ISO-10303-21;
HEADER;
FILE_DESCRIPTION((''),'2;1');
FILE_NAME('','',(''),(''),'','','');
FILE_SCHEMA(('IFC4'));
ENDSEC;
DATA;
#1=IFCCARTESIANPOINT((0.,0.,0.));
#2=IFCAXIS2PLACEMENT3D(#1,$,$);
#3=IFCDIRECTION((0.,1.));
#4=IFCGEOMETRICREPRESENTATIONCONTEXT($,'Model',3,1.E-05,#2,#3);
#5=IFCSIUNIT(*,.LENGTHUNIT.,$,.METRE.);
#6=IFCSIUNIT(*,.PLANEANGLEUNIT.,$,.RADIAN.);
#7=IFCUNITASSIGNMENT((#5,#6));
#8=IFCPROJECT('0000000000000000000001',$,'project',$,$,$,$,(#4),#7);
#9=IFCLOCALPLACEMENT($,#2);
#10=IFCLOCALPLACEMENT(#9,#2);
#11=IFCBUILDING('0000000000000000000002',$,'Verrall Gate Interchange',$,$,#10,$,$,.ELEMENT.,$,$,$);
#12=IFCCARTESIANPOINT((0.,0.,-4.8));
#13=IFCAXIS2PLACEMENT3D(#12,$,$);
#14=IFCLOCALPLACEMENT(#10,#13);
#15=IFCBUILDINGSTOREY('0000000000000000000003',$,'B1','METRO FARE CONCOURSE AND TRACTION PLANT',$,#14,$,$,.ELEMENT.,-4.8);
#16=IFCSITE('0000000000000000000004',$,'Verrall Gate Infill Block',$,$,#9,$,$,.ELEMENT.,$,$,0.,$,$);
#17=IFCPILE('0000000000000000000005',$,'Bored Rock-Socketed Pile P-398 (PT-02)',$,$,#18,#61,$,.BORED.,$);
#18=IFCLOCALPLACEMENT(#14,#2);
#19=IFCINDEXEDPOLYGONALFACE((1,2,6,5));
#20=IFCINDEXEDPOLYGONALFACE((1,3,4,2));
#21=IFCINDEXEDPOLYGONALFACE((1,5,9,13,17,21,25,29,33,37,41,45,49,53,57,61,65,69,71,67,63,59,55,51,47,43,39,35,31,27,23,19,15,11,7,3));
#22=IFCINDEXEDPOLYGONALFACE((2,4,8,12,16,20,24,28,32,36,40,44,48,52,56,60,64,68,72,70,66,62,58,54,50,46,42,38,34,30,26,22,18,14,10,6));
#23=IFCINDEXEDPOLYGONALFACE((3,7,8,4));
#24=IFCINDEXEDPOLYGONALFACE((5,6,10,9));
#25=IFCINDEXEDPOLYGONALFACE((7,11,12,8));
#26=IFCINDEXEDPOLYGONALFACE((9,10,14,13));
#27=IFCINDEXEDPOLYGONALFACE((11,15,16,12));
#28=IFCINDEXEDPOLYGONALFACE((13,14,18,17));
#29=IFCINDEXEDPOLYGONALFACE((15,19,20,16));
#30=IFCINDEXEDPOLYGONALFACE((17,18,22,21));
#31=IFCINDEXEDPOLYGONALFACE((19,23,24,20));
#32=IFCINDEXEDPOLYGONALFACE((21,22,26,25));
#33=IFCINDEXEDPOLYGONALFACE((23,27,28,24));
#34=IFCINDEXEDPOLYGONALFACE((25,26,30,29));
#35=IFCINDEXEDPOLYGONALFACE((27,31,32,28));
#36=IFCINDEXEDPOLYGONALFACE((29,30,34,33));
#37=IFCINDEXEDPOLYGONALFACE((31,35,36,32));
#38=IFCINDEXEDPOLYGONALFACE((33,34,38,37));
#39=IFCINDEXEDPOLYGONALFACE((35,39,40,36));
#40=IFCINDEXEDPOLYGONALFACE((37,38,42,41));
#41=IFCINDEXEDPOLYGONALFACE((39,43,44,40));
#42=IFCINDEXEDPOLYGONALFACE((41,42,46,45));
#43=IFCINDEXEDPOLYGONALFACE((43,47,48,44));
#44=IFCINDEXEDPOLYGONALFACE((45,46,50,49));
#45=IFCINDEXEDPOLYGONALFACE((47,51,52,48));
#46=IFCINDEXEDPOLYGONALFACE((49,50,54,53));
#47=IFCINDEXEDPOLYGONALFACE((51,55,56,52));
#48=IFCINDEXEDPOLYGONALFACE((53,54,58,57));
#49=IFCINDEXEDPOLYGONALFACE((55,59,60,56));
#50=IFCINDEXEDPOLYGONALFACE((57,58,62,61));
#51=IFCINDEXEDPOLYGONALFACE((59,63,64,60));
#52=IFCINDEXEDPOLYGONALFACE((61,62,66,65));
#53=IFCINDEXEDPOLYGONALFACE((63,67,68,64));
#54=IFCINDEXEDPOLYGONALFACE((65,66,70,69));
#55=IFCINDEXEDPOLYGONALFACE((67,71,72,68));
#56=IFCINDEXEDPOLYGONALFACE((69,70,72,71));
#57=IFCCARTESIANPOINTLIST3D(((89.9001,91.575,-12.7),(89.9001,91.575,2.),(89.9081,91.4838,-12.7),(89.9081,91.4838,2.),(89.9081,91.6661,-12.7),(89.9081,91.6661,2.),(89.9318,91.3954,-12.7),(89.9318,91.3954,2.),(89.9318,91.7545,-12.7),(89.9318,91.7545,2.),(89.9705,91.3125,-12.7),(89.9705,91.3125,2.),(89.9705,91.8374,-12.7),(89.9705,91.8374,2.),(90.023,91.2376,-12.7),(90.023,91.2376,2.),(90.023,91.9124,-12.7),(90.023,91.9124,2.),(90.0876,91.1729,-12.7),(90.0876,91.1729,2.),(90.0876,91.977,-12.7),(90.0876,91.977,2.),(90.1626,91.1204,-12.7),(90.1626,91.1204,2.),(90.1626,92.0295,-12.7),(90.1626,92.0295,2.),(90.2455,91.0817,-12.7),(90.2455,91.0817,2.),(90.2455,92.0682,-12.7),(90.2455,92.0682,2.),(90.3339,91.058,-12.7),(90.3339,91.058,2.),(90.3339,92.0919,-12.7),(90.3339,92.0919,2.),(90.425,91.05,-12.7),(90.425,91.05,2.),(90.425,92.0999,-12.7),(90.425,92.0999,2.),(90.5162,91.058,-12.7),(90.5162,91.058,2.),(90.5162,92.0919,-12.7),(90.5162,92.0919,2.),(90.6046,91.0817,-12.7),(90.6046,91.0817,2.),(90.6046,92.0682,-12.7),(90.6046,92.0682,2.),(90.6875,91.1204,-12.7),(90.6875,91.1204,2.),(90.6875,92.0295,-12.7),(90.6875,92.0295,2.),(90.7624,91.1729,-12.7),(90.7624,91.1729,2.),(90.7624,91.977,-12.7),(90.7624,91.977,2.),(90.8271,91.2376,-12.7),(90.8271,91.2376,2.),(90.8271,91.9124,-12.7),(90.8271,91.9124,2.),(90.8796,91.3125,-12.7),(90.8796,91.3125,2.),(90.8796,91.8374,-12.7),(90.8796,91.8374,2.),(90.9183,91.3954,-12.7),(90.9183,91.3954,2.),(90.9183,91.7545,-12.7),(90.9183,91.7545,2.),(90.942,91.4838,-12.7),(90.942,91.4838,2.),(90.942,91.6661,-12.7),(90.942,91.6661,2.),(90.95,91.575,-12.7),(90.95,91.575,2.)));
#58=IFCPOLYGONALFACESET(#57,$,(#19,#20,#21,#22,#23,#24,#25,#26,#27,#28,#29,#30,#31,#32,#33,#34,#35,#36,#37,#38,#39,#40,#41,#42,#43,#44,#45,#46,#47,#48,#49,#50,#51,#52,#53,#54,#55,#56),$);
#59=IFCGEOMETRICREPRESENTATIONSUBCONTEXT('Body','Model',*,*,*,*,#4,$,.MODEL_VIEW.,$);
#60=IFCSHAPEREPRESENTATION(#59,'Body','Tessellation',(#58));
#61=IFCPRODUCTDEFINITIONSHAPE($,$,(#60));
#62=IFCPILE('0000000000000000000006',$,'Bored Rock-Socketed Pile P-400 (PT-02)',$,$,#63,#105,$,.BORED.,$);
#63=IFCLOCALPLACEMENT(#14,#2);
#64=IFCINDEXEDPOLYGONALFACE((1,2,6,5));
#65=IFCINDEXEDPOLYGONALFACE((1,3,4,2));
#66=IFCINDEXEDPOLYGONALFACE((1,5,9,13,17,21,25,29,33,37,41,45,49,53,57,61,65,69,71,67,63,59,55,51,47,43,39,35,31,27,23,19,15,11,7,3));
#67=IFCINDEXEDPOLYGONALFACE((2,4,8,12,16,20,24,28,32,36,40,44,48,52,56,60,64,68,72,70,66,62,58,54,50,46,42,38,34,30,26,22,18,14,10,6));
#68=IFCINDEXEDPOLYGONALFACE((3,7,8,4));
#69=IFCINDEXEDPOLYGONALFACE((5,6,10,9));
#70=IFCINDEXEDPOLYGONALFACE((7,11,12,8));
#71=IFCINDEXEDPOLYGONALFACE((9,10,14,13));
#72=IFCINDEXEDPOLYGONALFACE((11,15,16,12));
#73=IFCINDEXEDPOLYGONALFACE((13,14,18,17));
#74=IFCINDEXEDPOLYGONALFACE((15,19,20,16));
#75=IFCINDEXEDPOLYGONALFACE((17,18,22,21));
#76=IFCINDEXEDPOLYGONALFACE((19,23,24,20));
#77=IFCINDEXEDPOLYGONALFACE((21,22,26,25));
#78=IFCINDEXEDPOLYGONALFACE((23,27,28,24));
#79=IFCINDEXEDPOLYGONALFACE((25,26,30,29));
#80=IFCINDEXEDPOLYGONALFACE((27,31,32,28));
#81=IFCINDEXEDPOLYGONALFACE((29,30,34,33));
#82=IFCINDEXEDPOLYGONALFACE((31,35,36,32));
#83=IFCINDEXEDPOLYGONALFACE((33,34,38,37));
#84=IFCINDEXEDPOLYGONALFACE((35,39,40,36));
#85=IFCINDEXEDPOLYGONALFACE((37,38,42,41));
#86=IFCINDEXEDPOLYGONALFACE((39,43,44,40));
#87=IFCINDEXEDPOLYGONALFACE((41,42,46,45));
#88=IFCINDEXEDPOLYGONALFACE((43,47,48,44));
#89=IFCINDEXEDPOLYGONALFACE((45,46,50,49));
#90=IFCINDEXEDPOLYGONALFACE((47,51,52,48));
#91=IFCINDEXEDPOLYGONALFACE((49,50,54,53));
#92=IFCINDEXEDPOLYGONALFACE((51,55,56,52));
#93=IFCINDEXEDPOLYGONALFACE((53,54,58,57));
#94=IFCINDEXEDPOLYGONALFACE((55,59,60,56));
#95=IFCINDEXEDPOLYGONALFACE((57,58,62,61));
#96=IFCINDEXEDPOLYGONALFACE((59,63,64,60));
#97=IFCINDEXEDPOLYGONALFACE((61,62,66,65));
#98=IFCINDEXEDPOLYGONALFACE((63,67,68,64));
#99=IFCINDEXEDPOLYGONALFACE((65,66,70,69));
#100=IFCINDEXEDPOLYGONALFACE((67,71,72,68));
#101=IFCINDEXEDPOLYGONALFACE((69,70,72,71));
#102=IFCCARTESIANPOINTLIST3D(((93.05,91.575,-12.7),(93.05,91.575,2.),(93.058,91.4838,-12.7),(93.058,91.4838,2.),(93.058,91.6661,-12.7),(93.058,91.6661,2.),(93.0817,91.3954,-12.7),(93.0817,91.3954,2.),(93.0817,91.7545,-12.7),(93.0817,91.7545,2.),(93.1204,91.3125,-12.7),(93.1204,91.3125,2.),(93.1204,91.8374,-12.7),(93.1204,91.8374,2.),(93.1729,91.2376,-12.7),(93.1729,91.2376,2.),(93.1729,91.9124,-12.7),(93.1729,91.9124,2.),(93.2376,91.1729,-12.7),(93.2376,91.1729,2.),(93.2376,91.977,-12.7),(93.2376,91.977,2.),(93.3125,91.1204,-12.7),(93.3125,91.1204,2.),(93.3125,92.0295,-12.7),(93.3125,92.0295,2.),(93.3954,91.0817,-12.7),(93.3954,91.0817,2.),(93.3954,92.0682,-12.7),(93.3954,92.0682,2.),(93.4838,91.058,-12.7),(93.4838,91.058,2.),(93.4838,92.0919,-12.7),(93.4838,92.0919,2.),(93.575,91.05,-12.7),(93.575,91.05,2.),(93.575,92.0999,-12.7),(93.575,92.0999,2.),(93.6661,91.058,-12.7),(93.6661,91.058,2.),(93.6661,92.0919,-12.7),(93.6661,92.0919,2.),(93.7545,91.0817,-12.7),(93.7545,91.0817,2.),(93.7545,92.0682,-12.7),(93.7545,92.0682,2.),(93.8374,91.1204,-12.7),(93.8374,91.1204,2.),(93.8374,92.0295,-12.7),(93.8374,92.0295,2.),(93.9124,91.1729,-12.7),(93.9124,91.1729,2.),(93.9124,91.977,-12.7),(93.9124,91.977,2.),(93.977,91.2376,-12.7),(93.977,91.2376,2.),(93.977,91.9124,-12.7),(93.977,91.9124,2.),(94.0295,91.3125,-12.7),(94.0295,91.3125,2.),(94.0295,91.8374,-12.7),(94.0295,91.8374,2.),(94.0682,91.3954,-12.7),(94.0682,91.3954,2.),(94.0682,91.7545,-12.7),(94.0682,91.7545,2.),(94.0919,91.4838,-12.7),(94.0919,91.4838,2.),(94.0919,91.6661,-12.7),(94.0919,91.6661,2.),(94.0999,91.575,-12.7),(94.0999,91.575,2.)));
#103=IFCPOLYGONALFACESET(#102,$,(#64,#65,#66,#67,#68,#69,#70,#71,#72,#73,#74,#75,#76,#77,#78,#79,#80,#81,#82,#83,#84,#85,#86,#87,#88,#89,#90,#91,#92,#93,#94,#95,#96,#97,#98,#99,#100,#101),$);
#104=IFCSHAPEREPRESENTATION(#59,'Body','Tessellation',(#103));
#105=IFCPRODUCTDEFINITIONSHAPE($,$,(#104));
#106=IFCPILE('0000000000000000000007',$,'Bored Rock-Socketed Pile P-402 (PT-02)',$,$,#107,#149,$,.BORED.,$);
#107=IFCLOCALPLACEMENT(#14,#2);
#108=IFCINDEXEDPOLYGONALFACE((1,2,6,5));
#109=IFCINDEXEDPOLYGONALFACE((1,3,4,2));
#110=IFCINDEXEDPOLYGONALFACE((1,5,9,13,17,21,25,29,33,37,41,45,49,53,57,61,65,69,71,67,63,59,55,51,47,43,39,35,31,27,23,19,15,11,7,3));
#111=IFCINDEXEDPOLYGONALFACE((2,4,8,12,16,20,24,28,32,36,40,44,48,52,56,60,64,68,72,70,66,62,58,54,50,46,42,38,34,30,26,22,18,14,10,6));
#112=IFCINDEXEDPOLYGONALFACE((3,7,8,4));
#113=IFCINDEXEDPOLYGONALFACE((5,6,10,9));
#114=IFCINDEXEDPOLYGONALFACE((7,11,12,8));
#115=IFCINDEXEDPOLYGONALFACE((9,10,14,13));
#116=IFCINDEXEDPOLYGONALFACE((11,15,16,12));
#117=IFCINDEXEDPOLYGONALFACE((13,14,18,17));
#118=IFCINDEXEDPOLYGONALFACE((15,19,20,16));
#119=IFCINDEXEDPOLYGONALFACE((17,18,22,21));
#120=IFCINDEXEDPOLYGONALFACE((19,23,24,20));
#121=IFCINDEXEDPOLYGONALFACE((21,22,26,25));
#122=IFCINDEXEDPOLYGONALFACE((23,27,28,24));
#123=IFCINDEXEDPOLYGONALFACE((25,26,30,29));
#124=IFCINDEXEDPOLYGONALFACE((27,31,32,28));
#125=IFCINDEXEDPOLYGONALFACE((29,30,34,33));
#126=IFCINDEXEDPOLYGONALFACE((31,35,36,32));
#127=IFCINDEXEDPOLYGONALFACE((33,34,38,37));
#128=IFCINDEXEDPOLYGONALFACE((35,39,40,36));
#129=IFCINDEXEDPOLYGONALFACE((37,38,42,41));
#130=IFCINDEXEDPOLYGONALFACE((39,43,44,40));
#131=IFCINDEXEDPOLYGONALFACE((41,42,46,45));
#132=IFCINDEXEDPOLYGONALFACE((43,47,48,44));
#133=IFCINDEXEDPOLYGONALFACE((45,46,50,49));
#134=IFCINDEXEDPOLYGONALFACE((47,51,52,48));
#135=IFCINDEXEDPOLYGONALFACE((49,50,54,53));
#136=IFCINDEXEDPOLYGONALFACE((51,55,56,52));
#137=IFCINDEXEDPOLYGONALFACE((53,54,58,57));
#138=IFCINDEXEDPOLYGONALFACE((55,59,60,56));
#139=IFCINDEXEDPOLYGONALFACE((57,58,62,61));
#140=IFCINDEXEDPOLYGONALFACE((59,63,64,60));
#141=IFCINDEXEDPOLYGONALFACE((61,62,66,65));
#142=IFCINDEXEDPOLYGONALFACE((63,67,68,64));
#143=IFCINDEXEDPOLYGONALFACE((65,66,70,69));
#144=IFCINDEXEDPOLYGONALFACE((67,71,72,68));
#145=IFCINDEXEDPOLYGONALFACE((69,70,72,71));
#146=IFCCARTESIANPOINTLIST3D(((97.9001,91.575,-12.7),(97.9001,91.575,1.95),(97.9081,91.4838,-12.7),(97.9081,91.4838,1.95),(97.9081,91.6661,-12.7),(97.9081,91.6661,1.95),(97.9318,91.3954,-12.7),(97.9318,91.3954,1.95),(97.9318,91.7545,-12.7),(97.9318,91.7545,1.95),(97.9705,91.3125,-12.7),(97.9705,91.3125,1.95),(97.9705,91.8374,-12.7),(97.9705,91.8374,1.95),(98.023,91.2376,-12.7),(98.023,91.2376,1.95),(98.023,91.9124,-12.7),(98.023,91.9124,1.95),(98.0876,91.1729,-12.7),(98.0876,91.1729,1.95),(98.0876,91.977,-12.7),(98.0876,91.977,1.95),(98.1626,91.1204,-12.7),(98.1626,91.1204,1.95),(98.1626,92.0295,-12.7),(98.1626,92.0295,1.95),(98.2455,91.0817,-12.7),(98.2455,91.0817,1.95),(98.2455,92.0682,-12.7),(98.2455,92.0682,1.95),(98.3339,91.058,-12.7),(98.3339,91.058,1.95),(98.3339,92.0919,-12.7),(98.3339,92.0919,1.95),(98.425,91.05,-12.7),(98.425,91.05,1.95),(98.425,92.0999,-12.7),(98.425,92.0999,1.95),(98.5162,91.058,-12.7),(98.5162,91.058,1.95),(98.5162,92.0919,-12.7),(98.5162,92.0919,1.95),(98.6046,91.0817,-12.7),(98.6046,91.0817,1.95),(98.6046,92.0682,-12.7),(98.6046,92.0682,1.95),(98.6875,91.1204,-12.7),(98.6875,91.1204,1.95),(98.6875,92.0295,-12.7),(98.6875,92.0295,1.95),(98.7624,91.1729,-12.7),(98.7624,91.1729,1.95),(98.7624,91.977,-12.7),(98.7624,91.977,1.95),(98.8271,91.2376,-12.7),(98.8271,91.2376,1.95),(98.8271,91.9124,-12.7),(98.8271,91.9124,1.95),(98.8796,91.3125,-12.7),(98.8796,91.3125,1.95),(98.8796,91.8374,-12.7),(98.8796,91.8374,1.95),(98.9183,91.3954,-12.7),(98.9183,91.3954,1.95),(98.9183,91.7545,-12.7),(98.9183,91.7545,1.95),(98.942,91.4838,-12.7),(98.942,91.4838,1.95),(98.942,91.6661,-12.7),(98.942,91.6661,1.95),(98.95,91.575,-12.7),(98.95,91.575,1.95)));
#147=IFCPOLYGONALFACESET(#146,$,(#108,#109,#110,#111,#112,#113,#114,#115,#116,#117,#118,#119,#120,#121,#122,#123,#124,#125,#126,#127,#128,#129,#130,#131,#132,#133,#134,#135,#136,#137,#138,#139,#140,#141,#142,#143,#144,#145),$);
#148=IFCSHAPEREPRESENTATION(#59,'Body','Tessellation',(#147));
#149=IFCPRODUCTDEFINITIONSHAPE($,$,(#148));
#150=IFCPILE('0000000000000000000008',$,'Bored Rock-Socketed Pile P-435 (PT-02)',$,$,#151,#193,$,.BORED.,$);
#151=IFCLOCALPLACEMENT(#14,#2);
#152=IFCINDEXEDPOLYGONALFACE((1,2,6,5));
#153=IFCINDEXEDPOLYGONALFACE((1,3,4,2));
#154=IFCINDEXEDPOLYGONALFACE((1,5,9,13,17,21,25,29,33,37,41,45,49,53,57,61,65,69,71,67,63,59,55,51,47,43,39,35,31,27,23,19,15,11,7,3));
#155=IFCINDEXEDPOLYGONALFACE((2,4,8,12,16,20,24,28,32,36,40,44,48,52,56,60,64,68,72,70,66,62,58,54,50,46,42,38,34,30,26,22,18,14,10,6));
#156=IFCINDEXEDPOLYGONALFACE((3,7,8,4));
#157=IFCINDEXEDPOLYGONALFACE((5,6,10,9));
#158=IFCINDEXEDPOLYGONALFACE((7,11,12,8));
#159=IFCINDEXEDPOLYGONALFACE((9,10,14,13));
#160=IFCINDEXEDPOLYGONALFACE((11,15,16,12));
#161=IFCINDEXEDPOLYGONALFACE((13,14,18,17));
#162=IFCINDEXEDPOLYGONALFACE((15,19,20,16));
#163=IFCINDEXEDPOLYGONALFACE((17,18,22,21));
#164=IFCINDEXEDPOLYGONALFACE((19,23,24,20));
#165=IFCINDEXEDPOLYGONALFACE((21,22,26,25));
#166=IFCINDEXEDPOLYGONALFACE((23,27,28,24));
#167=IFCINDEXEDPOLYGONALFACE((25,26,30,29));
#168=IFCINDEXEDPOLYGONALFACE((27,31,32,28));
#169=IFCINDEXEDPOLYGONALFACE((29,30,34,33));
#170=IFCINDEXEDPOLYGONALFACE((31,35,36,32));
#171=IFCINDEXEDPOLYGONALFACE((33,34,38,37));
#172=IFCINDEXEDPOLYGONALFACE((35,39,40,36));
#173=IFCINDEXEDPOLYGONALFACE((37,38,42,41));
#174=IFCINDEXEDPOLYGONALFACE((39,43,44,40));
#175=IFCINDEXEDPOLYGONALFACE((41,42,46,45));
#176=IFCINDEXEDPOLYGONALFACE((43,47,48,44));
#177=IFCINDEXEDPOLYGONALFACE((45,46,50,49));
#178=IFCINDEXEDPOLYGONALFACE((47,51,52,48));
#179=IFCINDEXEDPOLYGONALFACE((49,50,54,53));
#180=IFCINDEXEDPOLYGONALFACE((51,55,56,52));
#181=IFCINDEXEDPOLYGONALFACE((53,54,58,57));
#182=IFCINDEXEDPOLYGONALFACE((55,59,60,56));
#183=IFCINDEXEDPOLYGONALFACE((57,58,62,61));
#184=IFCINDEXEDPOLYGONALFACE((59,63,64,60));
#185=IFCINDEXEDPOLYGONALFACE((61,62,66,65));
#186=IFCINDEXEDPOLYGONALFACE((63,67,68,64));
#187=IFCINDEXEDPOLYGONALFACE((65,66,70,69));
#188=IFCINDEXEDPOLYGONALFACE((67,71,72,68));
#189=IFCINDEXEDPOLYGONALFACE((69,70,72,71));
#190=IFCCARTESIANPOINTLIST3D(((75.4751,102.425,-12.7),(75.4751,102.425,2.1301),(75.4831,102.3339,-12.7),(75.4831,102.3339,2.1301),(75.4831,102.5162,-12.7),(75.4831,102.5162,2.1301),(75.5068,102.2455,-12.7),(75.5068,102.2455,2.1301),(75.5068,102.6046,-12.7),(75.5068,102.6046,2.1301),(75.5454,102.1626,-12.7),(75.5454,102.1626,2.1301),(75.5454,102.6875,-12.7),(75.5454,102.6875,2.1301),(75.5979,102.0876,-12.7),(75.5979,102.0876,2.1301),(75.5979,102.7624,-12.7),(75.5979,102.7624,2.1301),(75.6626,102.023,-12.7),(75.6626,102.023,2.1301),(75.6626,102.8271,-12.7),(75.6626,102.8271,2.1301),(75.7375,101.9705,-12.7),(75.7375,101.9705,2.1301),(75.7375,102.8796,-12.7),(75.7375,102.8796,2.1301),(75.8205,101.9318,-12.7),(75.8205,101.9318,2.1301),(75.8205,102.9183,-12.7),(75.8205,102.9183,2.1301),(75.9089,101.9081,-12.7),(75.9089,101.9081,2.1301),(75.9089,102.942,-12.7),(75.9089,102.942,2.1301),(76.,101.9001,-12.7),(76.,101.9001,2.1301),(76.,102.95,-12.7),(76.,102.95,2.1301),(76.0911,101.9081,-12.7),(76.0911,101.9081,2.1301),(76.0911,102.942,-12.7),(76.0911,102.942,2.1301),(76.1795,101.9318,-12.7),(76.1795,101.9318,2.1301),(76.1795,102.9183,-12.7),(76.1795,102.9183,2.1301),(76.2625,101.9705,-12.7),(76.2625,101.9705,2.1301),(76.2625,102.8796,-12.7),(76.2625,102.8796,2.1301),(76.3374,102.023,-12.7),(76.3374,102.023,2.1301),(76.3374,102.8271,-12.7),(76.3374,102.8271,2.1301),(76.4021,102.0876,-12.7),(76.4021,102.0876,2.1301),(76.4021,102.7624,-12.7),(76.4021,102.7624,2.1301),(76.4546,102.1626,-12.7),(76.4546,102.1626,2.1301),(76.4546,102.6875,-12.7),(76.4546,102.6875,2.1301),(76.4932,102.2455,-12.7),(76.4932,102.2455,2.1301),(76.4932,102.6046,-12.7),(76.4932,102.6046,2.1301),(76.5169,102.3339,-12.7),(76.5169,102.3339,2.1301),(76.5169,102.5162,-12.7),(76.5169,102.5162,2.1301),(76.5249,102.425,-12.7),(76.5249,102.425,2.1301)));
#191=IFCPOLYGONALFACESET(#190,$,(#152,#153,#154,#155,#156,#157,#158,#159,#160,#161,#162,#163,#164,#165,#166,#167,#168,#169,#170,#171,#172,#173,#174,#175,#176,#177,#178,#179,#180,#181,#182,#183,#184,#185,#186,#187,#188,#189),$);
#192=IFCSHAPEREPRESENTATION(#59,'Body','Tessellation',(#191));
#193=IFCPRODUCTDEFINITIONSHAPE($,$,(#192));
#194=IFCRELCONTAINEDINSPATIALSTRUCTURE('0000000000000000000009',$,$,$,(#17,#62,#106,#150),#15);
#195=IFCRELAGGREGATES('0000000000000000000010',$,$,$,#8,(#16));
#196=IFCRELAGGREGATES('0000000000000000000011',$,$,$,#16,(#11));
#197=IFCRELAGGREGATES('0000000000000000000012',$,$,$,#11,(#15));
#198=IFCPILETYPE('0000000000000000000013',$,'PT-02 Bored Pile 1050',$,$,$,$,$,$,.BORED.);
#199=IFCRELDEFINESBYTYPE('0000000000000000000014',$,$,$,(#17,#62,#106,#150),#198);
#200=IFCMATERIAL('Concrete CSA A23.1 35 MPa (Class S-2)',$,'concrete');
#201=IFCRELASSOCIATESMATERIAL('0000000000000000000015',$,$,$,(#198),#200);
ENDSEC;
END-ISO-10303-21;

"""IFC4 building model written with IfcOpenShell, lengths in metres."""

from ifc_helpers import new_model, si_unit, direction, frame, origin, origin_2d, place, context, subcontext, project, spatial, circle, extrude, material, material_profile, profile_set, type_object, element, save


model = new_model("IFC4")

# Units and contexts
model_context = context("Model", 3, precision=1e-05, world=origin(), true_north=direction((0.0, 1.0)))
body_context = subcontext(model_context, "Body", "Model", "MODEL_VIEW")
ifc_project = project(units=[si_unit("LENGTHUNIT", "METRE"), si_unit("PLANEANGLEUNIT", "RADIAN")], contexts=[model_context])

# Site, building, storey
site_placement = place(None, origin())
site = spatial("IfcSite", under=ifc_project, at=site_placement, Name="Verrall Gate Infill Block", CompositionType="ELEMENT", RefElevation=0.0)
building_placement = place(site_placement, origin())
building = spatial("IfcBuilding", under=site, at=building_placement, Name="Verrall Gate Interchange", CompositionType="ELEMENT")
storey_placement = place(building_placement, frame((0.0, 0.0, -4.8)))
storey = spatial("IfcBuildingStorey", under=building, at=storey_placement, Name="B1", Description="METRO FARE CONCOURSE AND TRACTION PLANT", CompositionType="ELEMENT", Elevation=-4.8)

# Piles
ifc_material_1 = material(Name="Concrete CSA A23.1 35 MPa (Class S-2)", Category="concrete")
ifc_material_profile_1 = material_profile(ifc_material_1, circle(Radius=0.5249, at=origin_2d()), Name="PILE1050D")
ifc_profile_set_1 = profile_set([ifc_material_profile_1], Name="Concrete CSA A23.1 35 MPa (Class S-2)")
pile_type = type_object("IfcPileType", Name="PT-02 Bored Pile 1050", PredefinedType="BORED", material=ifc_profile_set_1)
for number, where, z_axis, x_axis, name in (
    (1, (90.425, 91.575, 2.0), (0.0, 0.0, -1.0), (1.0, 0.0, 0.0), "Bored Rock-Socketed Pile P-398 (PT-02)"),
    (2, (93.575, 91.575, 2.0), (0.0, 0.0, -1.0), (1.0, 0.0, 0.0), "Bored Rock-Socketed Pile P-400 (PT-02)"),
):
    element("IfcPile", number, at=place(storey_placement, frame(where, z_axis=z_axis, x_axis=x_axis)), inside=storey, type_object=pile_type, Name=name, PredefinedType="BORED", context=body_context, shape_type="SweptSolid", body=[
        extrude(circle(Radius=0.5249, at=origin_2d()), origin(), (0.0, 0.0, 1.0), 14.7),
    ])
pile_1_placement = place(storey_placement, frame((98.425, 91.575, 1.95), z_axis=(0.0, 0.0, -1.0), x_axis=(1.0, 0.0, 0.0)))
element("IfcPile", 3, at=pile_1_placement, inside=storey, type_object=pile_type, Name="Bored Rock-Socketed Pile P-402 (PT-02)", PredefinedType="BORED", context=body_context, shape_type="SweptSolid", body=[
    extrude(circle(Radius=0.5249, at=origin_2d()), origin(), (0.0, 0.0, 1.0), 14.6499),
])
for number, where, z_axis, x_axis, name in (
    (4, (76.0, 102.425, 2.1301), (0.0, 0.0, -1.0), (1.0, 0.0, 0.0), "Bored Rock-Socketed Pile P-435 (PT-02)"),
):
    element("IfcPile", number, at=place(storey_placement, frame(where, z_axis=z_axis, x_axis=x_axis)), inside=storey, type_object=pile_type, Name=name, PredefinedType="BORED", context=body_context, shape_type="SweptSolid", body=[
        extrude(circle(Radius=0.5249, at=origin_2d()), origin(), (0.0, 0.0, 1.0), 14.8301),
    ])

save(model, "model.ifc")
